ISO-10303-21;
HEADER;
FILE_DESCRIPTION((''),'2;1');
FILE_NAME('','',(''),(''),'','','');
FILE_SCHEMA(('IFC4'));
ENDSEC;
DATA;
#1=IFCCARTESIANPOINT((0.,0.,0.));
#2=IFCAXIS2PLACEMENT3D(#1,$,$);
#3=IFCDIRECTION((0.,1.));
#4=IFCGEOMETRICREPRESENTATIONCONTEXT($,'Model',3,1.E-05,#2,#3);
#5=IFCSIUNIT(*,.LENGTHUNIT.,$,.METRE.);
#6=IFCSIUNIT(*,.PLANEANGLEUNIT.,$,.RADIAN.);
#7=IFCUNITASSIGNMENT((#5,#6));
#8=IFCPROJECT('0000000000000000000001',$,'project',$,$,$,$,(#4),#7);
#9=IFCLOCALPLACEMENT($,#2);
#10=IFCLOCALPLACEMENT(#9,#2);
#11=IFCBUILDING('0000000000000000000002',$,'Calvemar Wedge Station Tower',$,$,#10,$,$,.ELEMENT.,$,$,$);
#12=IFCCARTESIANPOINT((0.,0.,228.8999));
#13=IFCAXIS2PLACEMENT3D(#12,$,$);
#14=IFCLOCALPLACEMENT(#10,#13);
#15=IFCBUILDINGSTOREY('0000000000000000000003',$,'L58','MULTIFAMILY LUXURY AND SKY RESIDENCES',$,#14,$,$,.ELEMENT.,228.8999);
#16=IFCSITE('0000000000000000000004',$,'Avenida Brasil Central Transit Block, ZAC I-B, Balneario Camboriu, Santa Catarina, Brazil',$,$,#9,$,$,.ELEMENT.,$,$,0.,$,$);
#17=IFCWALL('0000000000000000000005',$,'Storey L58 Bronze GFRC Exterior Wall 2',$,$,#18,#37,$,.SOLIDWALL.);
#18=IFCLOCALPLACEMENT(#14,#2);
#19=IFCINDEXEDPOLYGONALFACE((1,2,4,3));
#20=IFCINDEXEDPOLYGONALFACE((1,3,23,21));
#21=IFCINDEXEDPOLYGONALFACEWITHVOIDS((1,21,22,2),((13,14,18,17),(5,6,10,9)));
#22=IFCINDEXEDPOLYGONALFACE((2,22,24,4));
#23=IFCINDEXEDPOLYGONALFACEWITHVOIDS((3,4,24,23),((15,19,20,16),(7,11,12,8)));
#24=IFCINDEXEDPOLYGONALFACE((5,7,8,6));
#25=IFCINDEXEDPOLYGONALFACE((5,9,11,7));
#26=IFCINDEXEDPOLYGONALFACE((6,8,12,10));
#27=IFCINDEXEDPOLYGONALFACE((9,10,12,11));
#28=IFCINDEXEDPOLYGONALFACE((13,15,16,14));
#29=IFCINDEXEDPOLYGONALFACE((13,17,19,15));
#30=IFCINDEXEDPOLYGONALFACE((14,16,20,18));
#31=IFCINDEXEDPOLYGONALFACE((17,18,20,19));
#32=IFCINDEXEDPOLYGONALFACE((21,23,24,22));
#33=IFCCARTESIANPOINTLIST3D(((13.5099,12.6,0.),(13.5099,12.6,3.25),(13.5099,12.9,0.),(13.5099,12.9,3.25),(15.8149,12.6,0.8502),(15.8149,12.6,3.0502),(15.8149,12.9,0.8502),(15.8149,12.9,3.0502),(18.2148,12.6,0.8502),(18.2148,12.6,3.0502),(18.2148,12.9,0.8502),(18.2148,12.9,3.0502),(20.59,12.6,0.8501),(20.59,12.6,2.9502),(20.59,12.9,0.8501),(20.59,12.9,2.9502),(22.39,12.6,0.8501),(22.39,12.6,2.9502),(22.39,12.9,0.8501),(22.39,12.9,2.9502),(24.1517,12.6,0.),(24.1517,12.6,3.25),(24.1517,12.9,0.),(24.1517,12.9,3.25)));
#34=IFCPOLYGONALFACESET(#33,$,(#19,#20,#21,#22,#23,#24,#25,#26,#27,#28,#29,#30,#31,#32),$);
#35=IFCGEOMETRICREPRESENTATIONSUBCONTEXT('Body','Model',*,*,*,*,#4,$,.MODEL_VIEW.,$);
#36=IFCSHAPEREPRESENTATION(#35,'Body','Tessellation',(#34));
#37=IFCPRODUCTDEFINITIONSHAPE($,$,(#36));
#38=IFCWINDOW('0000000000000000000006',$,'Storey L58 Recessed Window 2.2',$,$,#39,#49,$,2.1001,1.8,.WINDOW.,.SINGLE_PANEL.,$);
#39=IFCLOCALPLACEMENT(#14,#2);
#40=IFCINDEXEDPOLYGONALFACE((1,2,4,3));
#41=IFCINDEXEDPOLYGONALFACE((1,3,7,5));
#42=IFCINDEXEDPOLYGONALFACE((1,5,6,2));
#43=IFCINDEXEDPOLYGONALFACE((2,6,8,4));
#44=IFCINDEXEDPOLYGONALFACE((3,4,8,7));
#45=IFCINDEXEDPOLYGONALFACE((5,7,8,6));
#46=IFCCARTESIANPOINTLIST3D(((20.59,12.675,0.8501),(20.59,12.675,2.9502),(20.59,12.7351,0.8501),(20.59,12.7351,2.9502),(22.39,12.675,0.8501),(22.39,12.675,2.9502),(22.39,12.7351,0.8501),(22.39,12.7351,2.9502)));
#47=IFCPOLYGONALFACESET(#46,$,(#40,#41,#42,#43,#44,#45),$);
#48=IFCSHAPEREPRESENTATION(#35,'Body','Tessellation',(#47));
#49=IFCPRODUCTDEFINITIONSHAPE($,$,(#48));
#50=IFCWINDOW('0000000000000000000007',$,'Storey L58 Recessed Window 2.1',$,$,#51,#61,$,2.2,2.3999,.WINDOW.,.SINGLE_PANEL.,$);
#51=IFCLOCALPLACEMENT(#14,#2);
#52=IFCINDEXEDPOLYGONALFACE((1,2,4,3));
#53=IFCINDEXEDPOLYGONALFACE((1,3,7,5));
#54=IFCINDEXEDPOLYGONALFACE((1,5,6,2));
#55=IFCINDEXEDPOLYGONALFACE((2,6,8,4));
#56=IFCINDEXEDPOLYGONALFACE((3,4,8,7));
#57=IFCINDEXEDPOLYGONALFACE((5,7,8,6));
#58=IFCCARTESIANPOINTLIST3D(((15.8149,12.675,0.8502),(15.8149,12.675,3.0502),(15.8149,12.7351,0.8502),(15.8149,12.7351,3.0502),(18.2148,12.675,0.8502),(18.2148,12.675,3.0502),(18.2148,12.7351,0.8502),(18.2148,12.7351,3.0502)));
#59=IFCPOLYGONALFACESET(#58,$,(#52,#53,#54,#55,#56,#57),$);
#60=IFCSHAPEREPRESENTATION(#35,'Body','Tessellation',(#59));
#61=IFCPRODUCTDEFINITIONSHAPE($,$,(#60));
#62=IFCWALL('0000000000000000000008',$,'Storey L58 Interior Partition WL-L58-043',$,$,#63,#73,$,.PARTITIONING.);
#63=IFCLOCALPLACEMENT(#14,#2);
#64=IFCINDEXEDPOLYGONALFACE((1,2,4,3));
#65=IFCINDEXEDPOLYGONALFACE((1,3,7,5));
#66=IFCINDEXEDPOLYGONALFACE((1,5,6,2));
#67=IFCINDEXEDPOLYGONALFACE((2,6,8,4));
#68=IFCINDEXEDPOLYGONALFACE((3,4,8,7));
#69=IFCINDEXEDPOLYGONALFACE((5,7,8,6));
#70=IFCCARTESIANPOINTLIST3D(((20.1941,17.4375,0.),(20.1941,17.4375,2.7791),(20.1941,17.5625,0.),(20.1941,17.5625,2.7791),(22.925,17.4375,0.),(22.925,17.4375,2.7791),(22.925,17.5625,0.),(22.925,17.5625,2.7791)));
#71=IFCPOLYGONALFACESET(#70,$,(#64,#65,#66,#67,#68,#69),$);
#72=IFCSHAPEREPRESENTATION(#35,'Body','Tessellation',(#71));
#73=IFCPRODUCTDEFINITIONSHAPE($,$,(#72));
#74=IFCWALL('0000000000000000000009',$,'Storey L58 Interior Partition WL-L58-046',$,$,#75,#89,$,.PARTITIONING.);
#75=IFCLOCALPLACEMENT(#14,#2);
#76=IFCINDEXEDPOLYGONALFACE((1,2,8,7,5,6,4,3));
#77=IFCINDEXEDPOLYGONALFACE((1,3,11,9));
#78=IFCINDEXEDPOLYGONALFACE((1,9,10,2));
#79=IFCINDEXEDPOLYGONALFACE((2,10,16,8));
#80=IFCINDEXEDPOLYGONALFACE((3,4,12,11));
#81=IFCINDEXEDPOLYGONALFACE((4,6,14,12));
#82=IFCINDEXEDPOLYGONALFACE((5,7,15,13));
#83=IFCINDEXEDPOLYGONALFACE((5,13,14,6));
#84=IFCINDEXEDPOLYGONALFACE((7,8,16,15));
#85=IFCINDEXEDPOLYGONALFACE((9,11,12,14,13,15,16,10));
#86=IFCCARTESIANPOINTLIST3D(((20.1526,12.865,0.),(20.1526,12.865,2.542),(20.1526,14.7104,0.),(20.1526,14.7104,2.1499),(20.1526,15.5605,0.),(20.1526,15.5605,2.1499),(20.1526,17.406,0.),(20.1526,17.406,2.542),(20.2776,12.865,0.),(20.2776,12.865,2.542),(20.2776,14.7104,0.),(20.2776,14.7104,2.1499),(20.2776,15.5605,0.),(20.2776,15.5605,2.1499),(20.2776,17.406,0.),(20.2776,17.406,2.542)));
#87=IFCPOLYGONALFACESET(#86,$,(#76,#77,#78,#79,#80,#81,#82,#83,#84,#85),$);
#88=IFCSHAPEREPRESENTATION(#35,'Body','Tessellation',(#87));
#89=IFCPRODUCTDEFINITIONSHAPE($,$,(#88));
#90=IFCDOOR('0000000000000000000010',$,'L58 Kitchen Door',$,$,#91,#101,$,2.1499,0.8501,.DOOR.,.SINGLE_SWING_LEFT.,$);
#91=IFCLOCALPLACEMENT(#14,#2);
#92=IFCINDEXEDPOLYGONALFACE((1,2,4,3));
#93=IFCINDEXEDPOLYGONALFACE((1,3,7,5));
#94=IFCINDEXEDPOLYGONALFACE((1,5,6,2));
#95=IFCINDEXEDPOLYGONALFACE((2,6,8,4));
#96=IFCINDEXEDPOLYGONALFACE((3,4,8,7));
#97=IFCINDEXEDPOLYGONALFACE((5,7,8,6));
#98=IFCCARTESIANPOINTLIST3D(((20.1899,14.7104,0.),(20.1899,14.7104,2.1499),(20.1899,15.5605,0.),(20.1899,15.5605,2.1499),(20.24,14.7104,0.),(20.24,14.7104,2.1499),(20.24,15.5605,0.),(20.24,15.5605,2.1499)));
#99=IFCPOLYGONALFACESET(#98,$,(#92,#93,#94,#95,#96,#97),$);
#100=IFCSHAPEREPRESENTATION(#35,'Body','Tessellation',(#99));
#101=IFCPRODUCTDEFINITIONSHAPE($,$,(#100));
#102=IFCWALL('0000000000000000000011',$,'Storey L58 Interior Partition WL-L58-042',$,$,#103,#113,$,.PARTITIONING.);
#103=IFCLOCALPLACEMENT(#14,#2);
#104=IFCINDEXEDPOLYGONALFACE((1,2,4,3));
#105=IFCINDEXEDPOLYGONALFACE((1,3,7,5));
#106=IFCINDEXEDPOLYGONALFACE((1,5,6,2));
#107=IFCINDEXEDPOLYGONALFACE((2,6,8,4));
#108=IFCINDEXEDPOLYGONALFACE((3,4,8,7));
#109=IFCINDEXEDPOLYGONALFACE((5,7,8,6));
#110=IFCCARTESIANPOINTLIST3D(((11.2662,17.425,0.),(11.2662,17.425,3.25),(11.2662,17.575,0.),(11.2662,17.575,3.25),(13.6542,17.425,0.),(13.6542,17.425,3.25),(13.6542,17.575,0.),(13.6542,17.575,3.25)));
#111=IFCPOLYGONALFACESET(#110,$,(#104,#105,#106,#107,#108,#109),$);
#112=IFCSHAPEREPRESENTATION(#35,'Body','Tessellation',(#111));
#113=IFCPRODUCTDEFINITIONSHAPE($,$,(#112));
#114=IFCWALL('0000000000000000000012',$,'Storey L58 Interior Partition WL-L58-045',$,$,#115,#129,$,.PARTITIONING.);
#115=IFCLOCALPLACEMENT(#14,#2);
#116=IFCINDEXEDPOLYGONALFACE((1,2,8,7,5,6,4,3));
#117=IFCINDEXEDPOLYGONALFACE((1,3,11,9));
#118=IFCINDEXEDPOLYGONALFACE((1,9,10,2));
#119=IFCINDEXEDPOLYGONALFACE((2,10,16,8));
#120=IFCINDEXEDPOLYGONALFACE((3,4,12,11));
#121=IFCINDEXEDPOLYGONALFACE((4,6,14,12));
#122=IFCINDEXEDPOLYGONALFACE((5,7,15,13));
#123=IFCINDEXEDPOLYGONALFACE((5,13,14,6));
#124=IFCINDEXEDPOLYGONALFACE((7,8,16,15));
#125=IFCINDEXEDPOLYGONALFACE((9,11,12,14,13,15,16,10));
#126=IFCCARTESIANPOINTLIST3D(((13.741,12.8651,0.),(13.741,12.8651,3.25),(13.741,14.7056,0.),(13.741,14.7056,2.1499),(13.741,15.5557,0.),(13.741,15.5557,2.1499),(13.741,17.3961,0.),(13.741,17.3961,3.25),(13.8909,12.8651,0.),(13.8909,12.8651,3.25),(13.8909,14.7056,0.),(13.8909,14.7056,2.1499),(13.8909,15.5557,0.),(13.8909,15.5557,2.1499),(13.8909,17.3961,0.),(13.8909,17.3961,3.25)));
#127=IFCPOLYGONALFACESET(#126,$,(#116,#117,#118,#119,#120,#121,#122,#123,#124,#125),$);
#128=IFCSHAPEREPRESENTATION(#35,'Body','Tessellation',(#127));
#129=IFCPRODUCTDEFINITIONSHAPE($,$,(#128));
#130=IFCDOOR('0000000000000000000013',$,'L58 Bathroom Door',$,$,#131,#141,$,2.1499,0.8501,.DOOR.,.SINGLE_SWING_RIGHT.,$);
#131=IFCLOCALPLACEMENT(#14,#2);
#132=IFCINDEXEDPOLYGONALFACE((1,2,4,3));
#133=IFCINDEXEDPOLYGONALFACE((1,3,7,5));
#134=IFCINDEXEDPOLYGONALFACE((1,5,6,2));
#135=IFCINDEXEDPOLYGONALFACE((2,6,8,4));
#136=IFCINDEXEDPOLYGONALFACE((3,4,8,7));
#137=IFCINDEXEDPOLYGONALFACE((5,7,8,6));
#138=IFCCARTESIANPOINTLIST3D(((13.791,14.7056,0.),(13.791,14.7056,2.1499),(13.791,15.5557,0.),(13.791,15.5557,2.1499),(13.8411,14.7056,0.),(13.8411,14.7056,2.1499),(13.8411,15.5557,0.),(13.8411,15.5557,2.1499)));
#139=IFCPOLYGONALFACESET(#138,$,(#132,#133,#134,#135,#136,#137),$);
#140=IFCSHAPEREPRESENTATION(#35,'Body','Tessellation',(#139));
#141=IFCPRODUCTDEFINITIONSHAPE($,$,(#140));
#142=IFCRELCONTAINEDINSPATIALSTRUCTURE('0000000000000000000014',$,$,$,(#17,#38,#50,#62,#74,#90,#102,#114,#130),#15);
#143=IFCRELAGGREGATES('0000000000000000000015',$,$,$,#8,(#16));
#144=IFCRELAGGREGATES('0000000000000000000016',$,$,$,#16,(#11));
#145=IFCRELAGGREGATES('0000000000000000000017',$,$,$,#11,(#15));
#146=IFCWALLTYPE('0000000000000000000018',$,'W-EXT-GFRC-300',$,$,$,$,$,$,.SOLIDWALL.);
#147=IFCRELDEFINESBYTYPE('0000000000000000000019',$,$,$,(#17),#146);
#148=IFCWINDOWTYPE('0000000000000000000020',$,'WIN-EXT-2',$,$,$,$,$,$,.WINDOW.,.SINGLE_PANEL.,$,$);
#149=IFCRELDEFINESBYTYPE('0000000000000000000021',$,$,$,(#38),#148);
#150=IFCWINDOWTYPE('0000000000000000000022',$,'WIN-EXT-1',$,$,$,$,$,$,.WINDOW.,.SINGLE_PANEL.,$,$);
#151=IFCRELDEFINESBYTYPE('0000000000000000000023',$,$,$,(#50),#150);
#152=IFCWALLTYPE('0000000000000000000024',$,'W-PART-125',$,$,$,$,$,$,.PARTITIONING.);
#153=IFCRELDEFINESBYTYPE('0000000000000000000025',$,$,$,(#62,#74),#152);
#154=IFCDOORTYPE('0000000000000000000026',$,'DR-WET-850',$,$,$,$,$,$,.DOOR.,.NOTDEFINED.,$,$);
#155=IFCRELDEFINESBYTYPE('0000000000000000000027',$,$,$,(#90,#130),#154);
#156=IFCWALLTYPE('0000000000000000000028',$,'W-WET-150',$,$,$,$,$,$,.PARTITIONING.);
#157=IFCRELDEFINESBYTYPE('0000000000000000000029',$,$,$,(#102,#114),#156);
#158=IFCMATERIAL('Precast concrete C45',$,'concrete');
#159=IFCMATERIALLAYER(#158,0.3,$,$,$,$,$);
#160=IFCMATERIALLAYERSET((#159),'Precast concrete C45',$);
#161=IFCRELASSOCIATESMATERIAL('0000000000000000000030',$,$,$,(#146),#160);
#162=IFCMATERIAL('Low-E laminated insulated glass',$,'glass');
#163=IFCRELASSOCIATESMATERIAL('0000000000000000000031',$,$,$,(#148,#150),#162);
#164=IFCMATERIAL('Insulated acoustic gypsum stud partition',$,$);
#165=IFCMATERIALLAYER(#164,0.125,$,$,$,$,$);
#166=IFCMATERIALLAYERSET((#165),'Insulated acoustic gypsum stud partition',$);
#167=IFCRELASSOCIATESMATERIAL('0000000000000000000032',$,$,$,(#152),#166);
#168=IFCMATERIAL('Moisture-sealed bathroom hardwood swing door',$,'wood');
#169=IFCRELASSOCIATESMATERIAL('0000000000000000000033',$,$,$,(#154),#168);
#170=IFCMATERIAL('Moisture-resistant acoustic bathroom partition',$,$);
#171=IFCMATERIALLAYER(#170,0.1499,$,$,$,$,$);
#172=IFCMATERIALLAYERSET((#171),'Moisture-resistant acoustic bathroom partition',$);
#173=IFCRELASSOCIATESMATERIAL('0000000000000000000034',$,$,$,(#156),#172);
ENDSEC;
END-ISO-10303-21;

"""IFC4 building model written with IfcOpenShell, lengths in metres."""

from ifc_helpers import new_model, si_unit, direction, frame, frame_2d, origin, place, context, subcontext, project, spatial, rectangle, extrude, source, transform, mapped, material, layer, layer_set, type_object, element, fill, save


model = new_model("IFC4")

# Units and contexts
model_context = context("Model", 3, precision=1e-05, world=origin(), true_north=direction((0.0, 1.0)))
body_context = subcontext(model_context, "Body", "Model", "MODEL_VIEW")
ifc_project = project(units=[si_unit("LENGTHUNIT", "METRE"), si_unit("PLANEANGLEUNIT", "RADIAN")], contexts=[model_context])

# Site, building, storey
site_placement = place(None, origin())
site = spatial("IfcSite", under=ifc_project, at=site_placement, Name="Avenida Brasil Central Transit Block, ZAC I-B, Balneario Camboriu, Santa Catarina, Brazil", CompositionType="ELEMENT", RefElevation=0.0)
building_placement = place(site_placement, origin())
building = spatial("IfcBuilding", under=site, at=building_placement, Name="Calvemar Wedge Station Tower", CompositionType="ELEMENT")
storey_placement = place(building_placement, frame((0.0, 0.0, 228.8999)))
storey = spatial("IfcBuildingStorey", under=building, at=storey_placement, Name="L58", Description="MULTIFAMILY LUXURY AND SKY RESIDENCES", CompositionType="ELEMENT", Elevation=228.8999)

# Shared definitions
ifc_material_1 = material(Name="Precast concrete C45", Category="concrete")
ifc_layer_1 = layer(ifc_material_1, 0.3)
ifc_layer_set_1 = layer_set([ifc_layer_1], Name="Precast concrete C45")
wall_type_1 = type_object("IfcWallType", Name="W-EXT-GFRC-300", PredefinedType="SOLIDWALL", material=ifc_layer_set_1)
ifc_material_2 = material(Name="Low-E laminated insulated glass", Category="glass")

# Wall, openings, windows
wall_1_placement = place(storey_placement, frame((13.51, 12.75, 0.0), z_axis=(0.0, 0.0, 1.0), x_axis=(1.0, 0.0, 0.0)))
wall_1 = element("IfcWall", 1, at=wall_1_placement, inside=storey, type_object=wall_type_1, Name="Storey L58 Bronze GFRC Exterior Wall 2", PredefinedType="SOLIDWALL", context=body_context, shape_type="SweptSolid", body=[
    extrude(rectangle(XDim=10.6418, YDim=0.3, at=frame_2d((5.3208, 0.0))), origin(), (0.0, 0.0, 1.0), 3.25),
])
shared_shape_1 = source(origin(), body_context, "Body", "SweptSolid", [
    extrude(rectangle(XDim=2.3999, YDim=2.2, at=frame_2d((1.2, 1.1001))), frame((0.0, 0.1602, 0.0), z_axis=(0.0, -1.0, 0.0), x_axis=(1.0, 0.0, 0.0)), (0.0, 0.0, 1.0), 0.3201),
])
opening_1_placement = place(wall_1_placement, frame((2.3049, 0.0, 0.8501)))
opening_1 = element("IfcOpeningElement", 2, at=opening_1_placement, cuts=wall_1, PredefinedType="OPENING", context=body_context, shape_type="MappedRepresentation", body=[
    mapped(shared_shape_1, transform((0.0, 0.0, 0.0), scale=1.0)),
])
shared_shape_2 = source(origin(), body_context, "Body", "SweptSolid", [
    extrude(rectangle(XDim=1.8, YDim=2.1001, at=frame_2d((0.8999, 1.05))), frame((0.0, 0.1602, 0.0), z_axis=(0.0, -1.0, 0.0), x_axis=(1.0, 0.0, 0.0)), (0.0, 0.0, 1.0), 0.3201),
])
opening_2_placement = place(wall_1_placement, frame((7.0801, 0.0, 0.8501)))
opening_2 = element("IfcOpeningElement", 3, at=opening_2_placement, cuts=wall_1, PredefinedType="OPENING", context=body_context, shape_type="MappedRepresentation", body=[
    mapped(shared_shape_2, transform((0.0, 0.0, 0.0), scale=1.0)),
])
window_type_1 = type_object("IfcWindowType", Name="WIN-EXT-2", PartitioningType="SINGLE_PANEL", PredefinedType="WINDOW", material=ifc_material_2)
shared_shape_3 = source(origin(), body_context, "Body", "SweptSolid", [
    extrude(rectangle(XDim=1.8, YDim=2.1001, at=frame_2d((0.8999, 1.05))), frame((0.0, -0.0149, 0.0), z_axis=(0.0, -1.0, 0.0), x_axis=(1.0, 0.0, 0.0)), (0.0, 0.0, 1.0), 0.0601),
])
window_1_placement = place(opening_2_placement, origin())
window_1 = element("IfcWindow", 4, at=window_1_placement, inside=storey, type_object=window_type_1, Name="Storey L58 Recessed Window 2.2", OverallHeight=2.1001, OverallWidth=1.8, PartitioningType="SINGLE_PANEL", PredefinedType="WINDOW", context=body_context, shape_type="MappedRepresentation", body=[
    mapped(shared_shape_3, transform((0.0, 0.0, 0.0), scale=1.0)),
])
fill(opening_2, window_1)
window_type_2 = type_object("IfcWindowType", Name="WIN-EXT-1", PartitioningType="SINGLE_PANEL", PredefinedType="WINDOW", material=ifc_material_2)
shared_shape_4 = source(origin(), body_context, "Body", "SweptSolid", [
    extrude(rectangle(XDim=2.3999, YDim=2.2, at=frame_2d((1.2, 1.1001))), frame((0.0, -0.0149, 0.0), z_axis=(0.0, -1.0, 0.0), x_axis=(1.0, 0.0, 0.0)), (0.0, 0.0, 1.0), 0.0601),
])
window_2_placement = place(opening_1_placement, origin())
window_2 = element("IfcWindow", 5, at=window_2_placement, inside=storey, type_object=window_type_2, Name="Storey L58 Recessed Window 2.1", OverallHeight=2.2, OverallWidth=2.3999, PartitioningType="SINGLE_PANEL", PredefinedType="WINDOW", context=body_context, shape_type="MappedRepresentation", body=[
    mapped(shared_shape_4, transform((0.0, 0.0, 0.0), scale=1.0)),
])
fill(opening_1, window_2)

# Wall
ifc_material_3 = material(Name="Insulated acoustic gypsum stud partition")
ifc_layer_2 = layer(ifc_material_3, 0.125)
ifc_layer_set_2 = layer_set([ifc_layer_2], Name="Insulated acoustic gypsum stud partition")
wall_type_2 = type_object("IfcWallType", Name="W-PART-125", PredefinedType="PARTITIONING", material=ifc_layer_set_2)
wall_2_placement = place(storey_placement, frame((22.925, 17.5, 0.0), z_axis=(0.0, 0.0, 1.0), x_axis=(-1.0, 0.0, 0.0)))
element("IfcWall", 6, at=wall_2_placement, inside=storey, type_object=wall_type_2, Name="Storey L58 Interior Partition WL-L58-043", PredefinedType="PARTITIONING", context=body_context, shape_type="SweptSolid", body=[
    extrude(rectangle(XDim=2.731, YDim=0.125, at=frame_2d((1.3655, 0.0))), origin(), (0.0, 0.0, 1.0), 2.7791),
])

# Wall, opening, door
wall_3_placement = place(storey_placement, frame((20.2151, 17.406, 0.0), z_axis=(0.0, 0.0, 1.0), x_axis=(0.0, -1.0, 0.0)))
wall_3 = element("IfcWall", 7, at=wall_3_placement, inside=storey, type_object=wall_type_2, Name="Storey L58 Interior Partition WL-L58-046", PredefinedType="PARTITIONING", context=body_context, shape_type="SweptSolid", body=[
    extrude(rectangle(XDim=4.541, YDim=0.125, at=frame_2d((2.2705, 0.0))), origin(), (0.0, 0.0, 1.0), 2.542),
])
shared_shape_5 = source(origin(), body_context, "Body", "SweptSolid", [
    extrude(rectangle(XDim=0.8501, YDim=2.1499, at=frame_2d((0.425, 1.075))), frame((0.0, 0.0725, 0.0), z_axis=(0.0, -1.0, 0.0), x_axis=(1.0, 0.0, 0.0)), (0.0, 0.0, 1.0), 0.145),
])
opening_3_placement = place(wall_3_placement, frame((1.8455, 0.0, 0.0)))
opening_3 = element("IfcOpeningElement", 8, at=opening_3_placement, cuts=wall_3, PredefinedType="OPENING", context=body_context, shape_type="MappedRepresentation", body=[
    mapped(shared_shape_5, transform((0.0, 0.0, 0.0), scale=1.0)),
])
ifc_material_4 = material(Name="Moisture-sealed bathroom hardwood swing door", Category="wood")
door_type_1 = type_object("IfcDoorType", Name="DR-WET-850", OperationType="NOTDEFINED", PredefinedType="DOOR", material=ifc_material_4)
shared_shape_6 = source(origin(), body_context, "Body", "SweptSolid", [
    extrude(rectangle(XDim=0.8501, YDim=2.1499, at=frame_2d((0.425, 1.075))), frame((0.0, 0.0249, 0.0), z_axis=(0.0, -1.0, 0.0), x_axis=(1.0, 0.0, 0.0)), (0.0, 0.0, 1.0), 0.05),
])
door_1_placement = place(opening_3_placement, origin())
door_1 = element("IfcDoor", 9, at=door_1_placement, inside=storey, type_object=door_type_1, Name="L58 Kitchen Door", OperationType="SINGLE_SWING_LEFT", OverallHeight=2.1499, OverallWidth=0.8501, PredefinedType="DOOR", context=body_context, shape_type="MappedRepresentation", body=[
    mapped(shared_shape_6, transform((0.0, 0.0, 0.0), scale=1.0)),
])
fill(opening_3, door_1)

# Wall
ifc_material_5 = material(Name="Moisture-resistant acoustic bathroom partition")
ifc_layer_3 = layer(ifc_material_5, 0.1499)
ifc_layer_set_3 = layer_set([ifc_layer_3], Name="Moisture-resistant acoustic bathroom partition")
wall_type_3 = type_object("IfcWallType", Name="W-WET-150", PredefinedType="PARTITIONING", material=ifc_layer_set_3)
wall_4_placement = place(storey_placement, frame((13.6541, 17.5, 0.0), z_axis=(0.0, 0.0, 1.0), x_axis=(-1.0, 0.0, 0.0)))
element("IfcWall", 10, at=wall_4_placement, inside=storey, type_object=wall_type_3, Name="Storey L58 Interior Partition WL-L58-042", PredefinedType="PARTITIONING", context=body_context, shape_type="SweptSolid", body=[
    extrude(rectangle(XDim=2.3879, YDim=0.1499, at=frame_2d((1.1938, 0.0))), origin(), (0.0, 0.0, 1.0), 3.25),
])

# Wall, opening, door
wall_5_placement = place(storey_placement, frame((13.8159, 12.865, 0.0), z_axis=(0.0, 0.0, 1.0), x_axis=(0.0, 1.0, 0.0)))
wall_5 = element("IfcWall", 11, at=wall_5_placement, inside=storey, type_object=wall_type_3, Name="Storey L58 Interior Partition WL-L58-045", PredefinedType="PARTITIONING", context=body_context, shape_type="SweptSolid", body=[
    extrude(rectangle(XDim=4.531, YDim=0.1499, at=frame_2d((2.2656, 0.0))), origin(), (0.0, 0.0, 1.0), 3.25),
])
shared_shape_7 = source(origin(), body_context, "Body", "SweptSolid", [
    extrude(rectangle(XDim=0.8501, YDim=2.1499, at=frame_2d((0.425, 1.075))), frame((0.0, 0.085, 0.0), z_axis=(0.0, -1.0, 0.0), x_axis=(1.0, 0.0, 0.0)), (0.0, 0.0, 1.0), 0.1699),
])
opening_4_placement = place(wall_5_placement, frame((1.8406, 0.0, 0.0)))
opening_4 = element("IfcOpeningElement", 12, at=opening_4_placement, cuts=wall_5, PredefinedType="OPENING", context=body_context, shape_type="MappedRepresentation", body=[
    mapped(shared_shape_7, transform((0.0, 0.0, 0.0), scale=1.0)),
])
door_2_placement = place(opening_4_placement, origin())
door_2 = element("IfcDoor", 13, at=door_2_placement, inside=storey, type_object=door_type_1, Name="L58 Bathroom Door", OperationType="SINGLE_SWING_RIGHT", OverallHeight=2.1499, OverallWidth=0.8501, PredefinedType="DOOR", context=body_context, shape_type="MappedRepresentation", body=[
    mapped(shared_shape_6, transform((0.0, 0.0, 0.0), scale=1.0)),
])
fill(opening_4, door_2)

save(model, "model.ifc")
